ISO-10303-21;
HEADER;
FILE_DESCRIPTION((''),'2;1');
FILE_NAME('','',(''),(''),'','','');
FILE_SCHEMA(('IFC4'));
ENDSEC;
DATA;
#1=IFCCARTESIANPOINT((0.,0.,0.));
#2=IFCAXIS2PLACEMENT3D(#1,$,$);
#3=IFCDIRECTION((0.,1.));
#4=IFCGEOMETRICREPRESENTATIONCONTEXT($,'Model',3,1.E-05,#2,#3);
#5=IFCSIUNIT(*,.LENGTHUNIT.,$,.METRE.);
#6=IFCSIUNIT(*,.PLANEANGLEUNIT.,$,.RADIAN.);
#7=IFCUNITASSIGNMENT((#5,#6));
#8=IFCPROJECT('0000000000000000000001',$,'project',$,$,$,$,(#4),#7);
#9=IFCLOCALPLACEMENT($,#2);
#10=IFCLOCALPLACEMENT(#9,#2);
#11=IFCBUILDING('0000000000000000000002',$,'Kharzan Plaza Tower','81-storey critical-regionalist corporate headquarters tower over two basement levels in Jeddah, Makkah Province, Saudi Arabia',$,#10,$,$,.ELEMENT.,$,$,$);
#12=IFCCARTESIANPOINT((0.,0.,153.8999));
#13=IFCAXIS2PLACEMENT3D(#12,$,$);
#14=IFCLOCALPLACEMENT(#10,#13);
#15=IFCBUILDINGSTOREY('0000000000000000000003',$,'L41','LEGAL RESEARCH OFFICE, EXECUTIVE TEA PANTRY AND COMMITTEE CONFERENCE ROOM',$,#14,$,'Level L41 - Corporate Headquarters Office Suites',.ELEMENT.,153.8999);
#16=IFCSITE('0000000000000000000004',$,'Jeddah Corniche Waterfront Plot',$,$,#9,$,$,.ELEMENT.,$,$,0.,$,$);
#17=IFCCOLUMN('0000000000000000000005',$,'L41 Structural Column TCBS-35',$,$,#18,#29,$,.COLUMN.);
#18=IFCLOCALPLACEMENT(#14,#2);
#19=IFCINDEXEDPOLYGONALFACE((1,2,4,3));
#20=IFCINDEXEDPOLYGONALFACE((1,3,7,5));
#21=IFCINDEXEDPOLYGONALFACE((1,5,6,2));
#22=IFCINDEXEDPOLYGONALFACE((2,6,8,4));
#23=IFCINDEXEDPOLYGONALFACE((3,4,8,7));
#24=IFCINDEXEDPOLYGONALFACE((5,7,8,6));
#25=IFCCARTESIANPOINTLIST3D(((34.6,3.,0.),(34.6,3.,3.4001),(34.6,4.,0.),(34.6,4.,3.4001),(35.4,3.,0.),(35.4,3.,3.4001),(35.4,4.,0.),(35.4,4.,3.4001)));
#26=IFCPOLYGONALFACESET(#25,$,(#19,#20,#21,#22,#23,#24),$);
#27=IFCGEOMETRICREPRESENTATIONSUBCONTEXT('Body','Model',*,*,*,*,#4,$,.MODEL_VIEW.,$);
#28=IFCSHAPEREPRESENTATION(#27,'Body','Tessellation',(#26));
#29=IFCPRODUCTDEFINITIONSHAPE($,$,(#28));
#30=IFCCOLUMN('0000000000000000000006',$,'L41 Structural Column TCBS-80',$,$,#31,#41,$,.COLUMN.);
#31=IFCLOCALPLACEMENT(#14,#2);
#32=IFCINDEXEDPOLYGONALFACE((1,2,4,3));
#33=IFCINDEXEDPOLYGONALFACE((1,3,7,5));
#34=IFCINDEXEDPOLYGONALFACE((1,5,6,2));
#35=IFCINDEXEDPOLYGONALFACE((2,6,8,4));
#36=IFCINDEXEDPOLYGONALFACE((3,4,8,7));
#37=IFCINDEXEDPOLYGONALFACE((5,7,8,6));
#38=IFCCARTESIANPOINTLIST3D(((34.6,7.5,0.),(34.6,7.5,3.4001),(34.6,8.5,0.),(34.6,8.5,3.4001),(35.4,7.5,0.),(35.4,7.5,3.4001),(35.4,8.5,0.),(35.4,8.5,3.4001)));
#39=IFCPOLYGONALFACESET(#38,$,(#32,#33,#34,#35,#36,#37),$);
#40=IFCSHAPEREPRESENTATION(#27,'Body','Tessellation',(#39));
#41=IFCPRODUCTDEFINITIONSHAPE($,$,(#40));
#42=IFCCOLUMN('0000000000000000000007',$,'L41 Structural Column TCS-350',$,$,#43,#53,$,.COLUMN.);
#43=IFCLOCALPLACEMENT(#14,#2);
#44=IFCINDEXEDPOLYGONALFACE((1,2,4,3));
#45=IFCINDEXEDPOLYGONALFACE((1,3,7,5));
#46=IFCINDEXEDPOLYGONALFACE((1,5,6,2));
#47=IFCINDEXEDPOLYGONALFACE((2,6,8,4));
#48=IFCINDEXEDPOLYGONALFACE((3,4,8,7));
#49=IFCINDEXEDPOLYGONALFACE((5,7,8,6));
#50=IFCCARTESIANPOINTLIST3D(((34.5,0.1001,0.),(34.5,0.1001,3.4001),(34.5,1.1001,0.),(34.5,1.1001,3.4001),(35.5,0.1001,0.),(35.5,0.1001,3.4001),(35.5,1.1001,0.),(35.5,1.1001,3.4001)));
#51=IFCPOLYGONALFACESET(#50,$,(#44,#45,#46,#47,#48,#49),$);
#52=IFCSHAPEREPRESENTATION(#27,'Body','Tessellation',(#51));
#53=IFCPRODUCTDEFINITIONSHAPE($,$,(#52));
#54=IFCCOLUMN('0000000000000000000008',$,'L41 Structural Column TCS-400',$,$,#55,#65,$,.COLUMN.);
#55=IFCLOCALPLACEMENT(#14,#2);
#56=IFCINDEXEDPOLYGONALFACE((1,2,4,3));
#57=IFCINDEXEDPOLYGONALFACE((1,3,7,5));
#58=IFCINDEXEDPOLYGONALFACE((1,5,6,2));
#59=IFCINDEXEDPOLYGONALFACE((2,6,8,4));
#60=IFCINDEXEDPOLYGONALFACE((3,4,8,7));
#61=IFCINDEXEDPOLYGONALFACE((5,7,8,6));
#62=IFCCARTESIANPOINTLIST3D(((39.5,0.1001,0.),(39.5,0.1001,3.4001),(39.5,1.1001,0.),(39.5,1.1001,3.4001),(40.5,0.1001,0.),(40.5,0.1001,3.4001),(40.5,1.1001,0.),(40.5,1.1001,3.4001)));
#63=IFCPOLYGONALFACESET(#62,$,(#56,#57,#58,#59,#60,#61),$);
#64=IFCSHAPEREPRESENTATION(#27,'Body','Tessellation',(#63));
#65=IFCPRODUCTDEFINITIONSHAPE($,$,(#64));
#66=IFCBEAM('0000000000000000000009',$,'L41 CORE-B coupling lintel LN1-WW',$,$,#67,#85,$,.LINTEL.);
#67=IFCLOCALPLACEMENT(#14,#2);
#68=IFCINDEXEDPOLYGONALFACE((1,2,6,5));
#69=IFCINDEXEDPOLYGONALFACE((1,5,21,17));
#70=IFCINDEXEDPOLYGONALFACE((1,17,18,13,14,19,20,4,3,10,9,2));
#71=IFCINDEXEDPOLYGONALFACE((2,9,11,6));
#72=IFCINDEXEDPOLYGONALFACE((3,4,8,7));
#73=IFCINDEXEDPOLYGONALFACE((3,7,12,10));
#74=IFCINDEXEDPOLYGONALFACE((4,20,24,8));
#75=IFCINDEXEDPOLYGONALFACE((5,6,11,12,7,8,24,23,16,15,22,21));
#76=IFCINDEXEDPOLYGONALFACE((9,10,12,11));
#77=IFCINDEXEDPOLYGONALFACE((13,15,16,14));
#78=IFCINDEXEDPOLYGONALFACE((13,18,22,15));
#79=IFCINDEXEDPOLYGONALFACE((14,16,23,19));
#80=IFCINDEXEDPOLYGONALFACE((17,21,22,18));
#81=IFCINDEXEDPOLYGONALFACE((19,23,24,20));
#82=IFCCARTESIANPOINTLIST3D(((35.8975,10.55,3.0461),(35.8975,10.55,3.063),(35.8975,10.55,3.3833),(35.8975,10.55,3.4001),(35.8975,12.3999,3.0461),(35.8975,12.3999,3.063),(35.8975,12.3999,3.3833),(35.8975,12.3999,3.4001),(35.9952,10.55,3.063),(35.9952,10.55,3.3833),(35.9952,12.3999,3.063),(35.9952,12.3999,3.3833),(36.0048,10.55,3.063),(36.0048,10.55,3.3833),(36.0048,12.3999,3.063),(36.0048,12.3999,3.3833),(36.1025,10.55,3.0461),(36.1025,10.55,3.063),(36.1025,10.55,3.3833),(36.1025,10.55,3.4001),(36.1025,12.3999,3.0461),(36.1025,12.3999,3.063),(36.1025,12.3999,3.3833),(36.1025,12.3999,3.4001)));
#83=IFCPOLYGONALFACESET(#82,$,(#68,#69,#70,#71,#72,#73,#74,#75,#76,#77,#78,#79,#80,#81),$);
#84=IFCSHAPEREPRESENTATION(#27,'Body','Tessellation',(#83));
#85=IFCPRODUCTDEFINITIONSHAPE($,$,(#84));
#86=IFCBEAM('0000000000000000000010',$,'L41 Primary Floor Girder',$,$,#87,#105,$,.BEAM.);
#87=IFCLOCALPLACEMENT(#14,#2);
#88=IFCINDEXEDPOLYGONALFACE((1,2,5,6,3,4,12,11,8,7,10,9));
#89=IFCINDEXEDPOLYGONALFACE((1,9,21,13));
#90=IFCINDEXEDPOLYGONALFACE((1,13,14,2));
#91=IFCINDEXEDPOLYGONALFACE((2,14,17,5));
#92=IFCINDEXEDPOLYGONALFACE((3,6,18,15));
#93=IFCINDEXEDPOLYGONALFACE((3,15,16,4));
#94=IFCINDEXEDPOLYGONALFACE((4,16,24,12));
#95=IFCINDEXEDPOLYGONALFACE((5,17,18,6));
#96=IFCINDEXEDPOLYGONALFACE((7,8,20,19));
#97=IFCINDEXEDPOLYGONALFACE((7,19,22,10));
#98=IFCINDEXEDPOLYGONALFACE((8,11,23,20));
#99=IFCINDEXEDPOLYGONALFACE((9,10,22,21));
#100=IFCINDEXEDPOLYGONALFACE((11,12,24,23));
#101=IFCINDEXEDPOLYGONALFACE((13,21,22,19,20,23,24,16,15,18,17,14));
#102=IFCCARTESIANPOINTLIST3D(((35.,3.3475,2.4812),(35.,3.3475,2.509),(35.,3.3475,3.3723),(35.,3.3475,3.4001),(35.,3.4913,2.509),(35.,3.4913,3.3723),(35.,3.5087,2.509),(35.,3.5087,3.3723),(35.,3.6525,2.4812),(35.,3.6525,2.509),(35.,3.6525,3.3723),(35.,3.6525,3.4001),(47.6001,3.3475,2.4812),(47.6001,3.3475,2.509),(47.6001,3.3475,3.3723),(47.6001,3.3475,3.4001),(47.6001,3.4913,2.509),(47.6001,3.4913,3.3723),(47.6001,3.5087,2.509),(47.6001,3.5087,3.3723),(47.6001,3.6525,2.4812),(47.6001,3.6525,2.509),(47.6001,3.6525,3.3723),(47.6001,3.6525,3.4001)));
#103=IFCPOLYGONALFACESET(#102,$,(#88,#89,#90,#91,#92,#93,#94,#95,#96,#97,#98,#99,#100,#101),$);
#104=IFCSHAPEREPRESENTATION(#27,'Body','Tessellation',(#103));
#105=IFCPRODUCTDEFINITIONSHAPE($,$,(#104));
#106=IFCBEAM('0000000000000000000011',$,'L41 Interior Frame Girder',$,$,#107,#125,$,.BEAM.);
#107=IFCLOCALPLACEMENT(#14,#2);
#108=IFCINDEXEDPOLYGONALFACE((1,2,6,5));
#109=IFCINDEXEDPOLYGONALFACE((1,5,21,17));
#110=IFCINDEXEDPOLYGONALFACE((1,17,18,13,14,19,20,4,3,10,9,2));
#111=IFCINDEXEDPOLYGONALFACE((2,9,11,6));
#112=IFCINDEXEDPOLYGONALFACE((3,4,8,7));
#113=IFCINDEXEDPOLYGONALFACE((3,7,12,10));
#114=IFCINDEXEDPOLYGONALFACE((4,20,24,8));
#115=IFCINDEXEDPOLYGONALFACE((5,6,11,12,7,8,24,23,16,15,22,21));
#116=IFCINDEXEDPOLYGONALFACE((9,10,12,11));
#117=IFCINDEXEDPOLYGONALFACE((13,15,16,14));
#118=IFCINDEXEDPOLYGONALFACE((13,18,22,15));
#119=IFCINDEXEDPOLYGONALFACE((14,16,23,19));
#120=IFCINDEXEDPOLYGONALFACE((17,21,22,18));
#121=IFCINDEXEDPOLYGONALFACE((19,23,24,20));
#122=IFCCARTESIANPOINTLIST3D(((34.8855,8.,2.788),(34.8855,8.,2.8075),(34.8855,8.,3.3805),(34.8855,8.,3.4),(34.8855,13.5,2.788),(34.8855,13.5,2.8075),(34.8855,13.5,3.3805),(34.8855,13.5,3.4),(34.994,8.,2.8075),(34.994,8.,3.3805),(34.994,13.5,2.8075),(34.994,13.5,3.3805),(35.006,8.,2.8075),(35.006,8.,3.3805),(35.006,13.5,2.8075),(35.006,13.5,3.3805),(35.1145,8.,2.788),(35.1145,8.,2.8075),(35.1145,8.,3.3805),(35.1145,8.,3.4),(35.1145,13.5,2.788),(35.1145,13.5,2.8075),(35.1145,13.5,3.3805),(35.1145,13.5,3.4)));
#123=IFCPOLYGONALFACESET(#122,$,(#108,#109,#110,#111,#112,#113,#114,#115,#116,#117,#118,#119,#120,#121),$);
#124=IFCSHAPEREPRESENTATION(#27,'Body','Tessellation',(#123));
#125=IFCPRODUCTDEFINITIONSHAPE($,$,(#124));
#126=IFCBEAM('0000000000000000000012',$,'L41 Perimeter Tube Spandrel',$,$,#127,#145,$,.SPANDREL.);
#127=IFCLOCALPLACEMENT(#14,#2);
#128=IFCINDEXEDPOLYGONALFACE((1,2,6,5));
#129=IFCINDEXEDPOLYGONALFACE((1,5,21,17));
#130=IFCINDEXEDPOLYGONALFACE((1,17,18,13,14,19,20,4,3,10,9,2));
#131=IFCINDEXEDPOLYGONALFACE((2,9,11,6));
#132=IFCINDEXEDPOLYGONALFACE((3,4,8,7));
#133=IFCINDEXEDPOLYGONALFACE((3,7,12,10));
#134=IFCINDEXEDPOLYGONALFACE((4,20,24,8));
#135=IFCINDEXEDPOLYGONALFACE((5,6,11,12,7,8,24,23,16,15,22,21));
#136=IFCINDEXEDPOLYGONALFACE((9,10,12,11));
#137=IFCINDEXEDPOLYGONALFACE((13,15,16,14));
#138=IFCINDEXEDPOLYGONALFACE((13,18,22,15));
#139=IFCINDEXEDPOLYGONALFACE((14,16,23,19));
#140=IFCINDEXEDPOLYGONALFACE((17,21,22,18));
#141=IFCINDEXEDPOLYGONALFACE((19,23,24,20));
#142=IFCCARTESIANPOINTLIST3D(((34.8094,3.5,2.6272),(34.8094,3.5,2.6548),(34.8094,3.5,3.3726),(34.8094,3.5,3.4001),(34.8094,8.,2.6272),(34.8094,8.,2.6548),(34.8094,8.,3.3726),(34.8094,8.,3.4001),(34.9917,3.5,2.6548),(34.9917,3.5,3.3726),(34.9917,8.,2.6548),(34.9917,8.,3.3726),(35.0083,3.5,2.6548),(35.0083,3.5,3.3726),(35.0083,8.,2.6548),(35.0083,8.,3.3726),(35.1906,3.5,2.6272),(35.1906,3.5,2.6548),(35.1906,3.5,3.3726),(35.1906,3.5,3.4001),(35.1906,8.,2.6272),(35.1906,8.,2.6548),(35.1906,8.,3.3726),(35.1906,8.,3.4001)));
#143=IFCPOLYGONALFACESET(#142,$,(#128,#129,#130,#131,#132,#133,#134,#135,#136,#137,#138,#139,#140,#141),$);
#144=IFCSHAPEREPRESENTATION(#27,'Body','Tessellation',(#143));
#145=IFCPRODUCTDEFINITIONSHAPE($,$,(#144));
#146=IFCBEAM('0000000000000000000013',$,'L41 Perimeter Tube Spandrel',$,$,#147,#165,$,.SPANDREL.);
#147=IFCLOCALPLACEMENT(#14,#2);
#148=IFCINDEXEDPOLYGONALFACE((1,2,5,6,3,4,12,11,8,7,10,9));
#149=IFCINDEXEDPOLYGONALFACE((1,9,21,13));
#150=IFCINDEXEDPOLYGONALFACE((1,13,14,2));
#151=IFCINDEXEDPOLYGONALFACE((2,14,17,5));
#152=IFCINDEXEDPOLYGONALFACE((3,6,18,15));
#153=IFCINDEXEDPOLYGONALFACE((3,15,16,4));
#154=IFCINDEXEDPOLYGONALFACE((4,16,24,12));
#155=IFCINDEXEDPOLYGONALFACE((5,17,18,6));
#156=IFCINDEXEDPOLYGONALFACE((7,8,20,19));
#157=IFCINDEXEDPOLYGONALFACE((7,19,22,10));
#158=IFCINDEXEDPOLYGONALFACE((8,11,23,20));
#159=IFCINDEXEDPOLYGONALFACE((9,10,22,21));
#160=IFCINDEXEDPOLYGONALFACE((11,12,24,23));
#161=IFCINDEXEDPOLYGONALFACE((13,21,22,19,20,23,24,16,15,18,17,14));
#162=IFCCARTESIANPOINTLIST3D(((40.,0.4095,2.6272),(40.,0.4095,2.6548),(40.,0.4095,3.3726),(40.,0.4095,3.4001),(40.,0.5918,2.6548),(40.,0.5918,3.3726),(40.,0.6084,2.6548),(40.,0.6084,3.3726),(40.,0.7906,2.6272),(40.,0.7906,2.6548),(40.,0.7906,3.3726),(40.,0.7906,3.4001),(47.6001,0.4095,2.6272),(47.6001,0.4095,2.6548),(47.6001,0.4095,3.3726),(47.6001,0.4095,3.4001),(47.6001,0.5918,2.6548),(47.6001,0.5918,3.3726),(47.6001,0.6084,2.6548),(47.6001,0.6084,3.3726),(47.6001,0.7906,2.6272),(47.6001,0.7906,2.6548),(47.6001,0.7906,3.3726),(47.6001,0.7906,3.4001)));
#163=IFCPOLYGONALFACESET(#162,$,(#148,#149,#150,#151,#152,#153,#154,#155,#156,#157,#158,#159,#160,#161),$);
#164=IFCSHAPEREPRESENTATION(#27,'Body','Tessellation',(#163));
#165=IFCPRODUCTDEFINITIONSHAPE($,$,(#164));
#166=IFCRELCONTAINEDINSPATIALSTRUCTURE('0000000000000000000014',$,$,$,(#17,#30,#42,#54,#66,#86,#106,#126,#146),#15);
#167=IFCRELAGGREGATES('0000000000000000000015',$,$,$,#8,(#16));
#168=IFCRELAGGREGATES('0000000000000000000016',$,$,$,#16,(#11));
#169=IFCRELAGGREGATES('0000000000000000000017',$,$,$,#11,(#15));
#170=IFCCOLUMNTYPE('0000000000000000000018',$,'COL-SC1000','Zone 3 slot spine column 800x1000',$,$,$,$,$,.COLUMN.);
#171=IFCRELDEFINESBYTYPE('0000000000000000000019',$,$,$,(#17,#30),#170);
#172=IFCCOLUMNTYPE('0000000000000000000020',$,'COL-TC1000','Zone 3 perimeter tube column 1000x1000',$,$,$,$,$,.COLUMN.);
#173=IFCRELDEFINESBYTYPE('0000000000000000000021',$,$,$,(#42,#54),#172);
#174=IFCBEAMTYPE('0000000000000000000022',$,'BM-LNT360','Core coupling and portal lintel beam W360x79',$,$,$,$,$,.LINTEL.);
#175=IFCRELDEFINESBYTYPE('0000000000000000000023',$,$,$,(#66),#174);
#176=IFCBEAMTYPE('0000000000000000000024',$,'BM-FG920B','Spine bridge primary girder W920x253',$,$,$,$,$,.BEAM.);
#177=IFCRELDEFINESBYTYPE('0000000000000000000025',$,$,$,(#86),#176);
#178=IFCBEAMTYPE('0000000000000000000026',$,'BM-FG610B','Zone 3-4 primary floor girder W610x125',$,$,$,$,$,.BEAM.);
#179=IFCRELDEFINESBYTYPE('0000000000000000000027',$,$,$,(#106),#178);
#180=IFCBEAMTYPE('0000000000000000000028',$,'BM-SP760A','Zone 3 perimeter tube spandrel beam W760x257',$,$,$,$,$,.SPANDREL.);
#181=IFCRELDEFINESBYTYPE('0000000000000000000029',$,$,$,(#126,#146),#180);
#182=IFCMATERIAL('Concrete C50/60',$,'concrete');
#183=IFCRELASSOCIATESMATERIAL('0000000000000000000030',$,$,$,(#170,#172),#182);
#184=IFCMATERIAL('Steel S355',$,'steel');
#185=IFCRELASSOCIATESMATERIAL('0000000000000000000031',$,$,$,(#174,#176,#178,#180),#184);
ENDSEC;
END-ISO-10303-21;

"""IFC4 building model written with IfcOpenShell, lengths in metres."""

from ifc_helpers import new_model, si_unit, direction, frame, origin, origin_2d, place, context, subcontext, project, spatial, rectangle, i_section, extrude, source, transform, mapped, material, material_profile, profile_set, type_object, element, save


model = new_model("IFC4")

# Units and contexts
model_context = context("Model", 3, precision=1e-05, world=origin(), true_north=direction((0.0, 1.0)))
body_context = subcontext(model_context, "Body", "Model", "MODEL_VIEW")
ifc_project = project(units=[si_unit("LENGTHUNIT", "METRE"), si_unit("PLANEANGLEUNIT", "RADIAN")], contexts=[model_context])

# Site, building, storey
site_placement = place(None, origin())
site = spatial("IfcSite", under=ifc_project, at=site_placement, Name="Jeddah Corniche Waterfront Plot", CompositionType="ELEMENT", RefElevation=0.0)
building_placement = place(site_placement, origin())
building = spatial("IfcBuilding", under=site, at=building_placement, Name="Kharzan Plaza Tower", Description="81-storey critical-regionalist corporate headquarters tower over two basement levels in Jeddah, Makkah Province, Saudi Arabia", CompositionType="ELEMENT")
storey_placement = place(building_placement, frame((0.0, 0.0, 153.8999)))
storey = spatial("IfcBuildingStorey", under=building, at=storey_placement, Name="L41", Description="LEGAL RESEARCH OFFICE, EXECUTIVE TEA PANTRY AND COMMITTEE CONFERENCE ROOM", LongName="Level L41 - Corporate Headquarters Office Suites", CompositionType="ELEMENT", Elevation=153.8999)

# Columns
ifc_material_1 = material(Name="Concrete C50/60", Category="concrete")
ifc_material_profile_1 = material_profile(ifc_material_1, rectangle(XDim=0.8, YDim=1.0, at=origin_2d()), Name="RC-SC1000x800")
ifc_profile_set_1 = profile_set([ifc_material_profile_1], Name="Concrete C50/60")
column_type_1 = type_object("IfcColumnType", Name="COL-SC1000", Description="Zone 3 slot spine column 800x1000", PredefinedType="COLUMN", material=ifc_profile_set_1)
shared_shape_1 = source(origin(), body_context, "Body", "SweptSolid", [
    extrude(rectangle(XDim=0.8, YDim=1.0, at=origin_2d()), origin(), (0.0, 0.0, 1.0), 3.4001),
])
for number, where, z_axis, x_axis, name in (
    (1, (35.0, 3.5, 0.0), (0.0, 0.0, 1.0), (1.0, 0.0, 0.0), "L41 Structural Column TCBS-35"),
    (2, (35.0, 8.0, 0.0), (0.0, 0.0, 1.0), (1.0, 0.0, 0.0), "L41 Structural Column TCBS-80"),
):
    element("IfcColumn", number, at=place(storey_placement, frame(where, z_axis=z_axis, x_axis=x_axis)), inside=storey, type_object=column_type_1, Name=name, PredefinedType="COLUMN", context=body_context, shape_type="MappedRepresentation", body=[
        mapped(shared_shape_1, transform((0.0, 0.0, 0.0), x_axis=(1.0, 0.0, 0.0), y_axis=(0.0, 1.0, 0.0), z_axis=(0.0, 0.0, 1.0))),
    ])
ifc_material_profile_2 = material_profile(ifc_material_1, rectangle(XDim=1.0, YDim=1.0, at=origin_2d()), Name="RC-TC1000x1000")
ifc_profile_set_2 = profile_set([ifc_material_profile_2], Name="Concrete C50/60")
column_type_2 = type_object("IfcColumnType", Name="COL-TC1000", Description="Zone 3 perimeter tube column 1000x1000", PredefinedType="COLUMN", material=ifc_profile_set_2)
shared_shape_2 = source(origin(), body_context, "Body", "SweptSolid", [
    extrude(rectangle(XDim=1.0, YDim=1.0, at=origin_2d()), origin(), (0.0, 0.0, 1.0), 3.4001),
])
for number, where, z_axis, x_axis, name in (
    (3, (35.0, 0.6001, 0.0), (0.0, 0.0, 1.0), (1.0, 0.0, 0.0), "L41 Structural Column TCS-350"),
    (4, (40.0, 0.6001, 0.0), (0.0, 0.0, 1.0), (1.0, 0.0, 0.0), "L41 Structural Column TCS-400"),
):
    element("IfcColumn", number, at=place(storey_placement, frame(where, z_axis=z_axis, x_axis=x_axis)), inside=storey, type_object=column_type_2, Name=name, PredefinedType="COLUMN", context=body_context, shape_type="MappedRepresentation", body=[
        mapped(shared_shape_2, transform((0.0, 0.0, 0.0), x_axis=(1.0, 0.0, 0.0), y_axis=(0.0, 1.0, 0.0), z_axis=(0.0, 0.0, 1.0))),
    ])

# Beams
ifc_material_2 = material(Name="Steel S355", Category="steel")
ifc_material_profile_3 = material_profile(ifc_material_2, i_section(OverallWidth=0.2051, OverallDepth=0.354, WebThickness=0.0095, FlangeThickness=0.0168, at=origin_2d()), Name="W360x79")
ifc_profile_set_3 = profile_set([ifc_material_profile_3], Name="Steel S355")
beam_type_1 = type_object("IfcBeamType", Name="BM-LNT360", Description="Core coupling and portal lintel beam W360x79", PredefinedType="LINTEL", material=ifc_profile_set_3)
shared_shape_3 = source(origin(), body_context, "Body", "SweptSolid", [
    extrude(i_section(OverallWidth=0.2051, OverallDepth=0.354, WebThickness=0.0095, FlangeThickness=0.0168, at=origin_2d()), origin(), (0.0, 0.0, 1.0), 1.8499),
])
beam_1_placement = place(storey_placement, frame((36.0, 10.55, 3.2231), z_axis=(0.0, 1.0, 0.0), x_axis=(-1.0, 0.0, 0.0)))
element("IfcBeam", 5, at=beam_1_placement, inside=storey, type_object=beam_type_1, Name="L41 CORE-B coupling lintel LN1-WW", PredefinedType="LINTEL", context=body_context, shape_type="MappedRepresentation", body=[
    mapped(shared_shape_3, transform((0.0, 0.0, 0.0), x_axis=(1.0, 0.0, 0.0), y_axis=(0.0, 1.0, 0.0), z_axis=(0.0, 0.0, 1.0))),
])
ifc_material_profile_4 = material_profile(ifc_material_2, i_section(OverallWidth=0.3049, OverallDepth=0.9189, WebThickness=0.0173, FlangeThickness=0.0278, at=origin_2d()), Name="W920x253")
ifc_profile_set_4 = profile_set([ifc_material_profile_4], Name="Steel S355")
beam_type_2 = type_object("IfcBeamType", Name="BM-FG920B", Description="Spine bridge primary girder W920x253", PredefinedType="BEAM", material=ifc_profile_set_4)
shared_shape_4 = source(origin(), body_context, "Body", "SweptSolid", [
    extrude(i_section(OverallWidth=0.3049, OverallDepth=0.9189, WebThickness=0.0173, FlangeThickness=0.0278, at=origin_2d()), origin(), (0.0, 0.0, 1.0), 12.6001),
])
beam_2_placement = place(storey_placement, frame((35.0, 3.5, 2.9407), z_axis=(1.0, 0.0, 0.0), x_axis=(0.0, 1.0, 0.0)))
element("IfcBeam", 6, at=beam_2_placement, inside=storey, type_object=beam_type_2, Name="L41 Primary Floor Girder", PredefinedType="BEAM", context=body_context, shape_type="MappedRepresentation", body=[
    mapped(shared_shape_4, transform((0.0, 0.0, 0.0), x_axis=(1.0, 0.0, 0.0), y_axis=(0.0, 1.0, 0.0), z_axis=(0.0, 0.0, 1.0))),
])
ifc_material_profile_5 = material_profile(ifc_material_2, i_section(OverallWidth=0.229, OverallDepth=0.6121, WebThickness=0.012, FlangeThickness=0.0195, at=origin_2d()), Name="W610x125")
ifc_profile_set_5 = profile_set([ifc_material_profile_5], Name="Steel S355")
beam_type_3 = type_object("IfcBeamType", Name="BM-FG610B", Description="Zone 3-4 primary floor girder W610x125", PredefinedType="BEAM", material=ifc_profile_set_5)
shared_shape_5 = source(origin(), body_context, "Body", "SweptSolid", [
    extrude(i_section(OverallWidth=0.229, OverallDepth=0.6121, WebThickness=0.012, FlangeThickness=0.0195, at=origin_2d()), origin(), (0.0, 0.0, 1.0), 5.5),
])
beam_3_placement = place(storey_placement, frame((35.0, 8.0, 3.094), z_axis=(0.0, 1.0, 0.0), x_axis=(-1.0, 0.0, 0.0)))
element("IfcBeam", 7, at=beam_3_placement, inside=storey, type_object=beam_type_3, Name="L41 Interior Frame Girder", PredefinedType="BEAM", context=body_context, shape_type="MappedRepresentation", body=[
    mapped(shared_shape_5, transform((0.0, 0.0, 0.0), x_axis=(1.0, 0.0, 0.0), y_axis=(0.0, 1.0, 0.0), z_axis=(0.0, 0.0, 1.0))),
])
ifc_material_profile_6 = material_profile(ifc_material_2, i_section(OverallWidth=0.3811, OverallDepth=0.7729, WebThickness=0.0166, FlangeThickness=0.0276, at=origin_2d()), Name="W760x257")
ifc_profile_set_6 = profile_set([ifc_material_profile_6], Name="Steel S355")
beam_type_4 = type_object("IfcBeamType", Name="BM-SP760A", Description="Zone 3 perimeter tube spandrel beam W760x257", PredefinedType="SPANDREL", material=ifc_profile_set_6)
shared_shape_6 = source(origin(), body_context, "Body", "SweptSolid", [
    extrude(i_section(OverallWidth=0.3811, OverallDepth=0.7729, WebThickness=0.0166, FlangeThickness=0.0276, at=origin_2d()), origin(), (0.0, 0.0, 1.0), 4.5),
])
beam_4_placement = place(storey_placement, frame((35.0, 3.5, 3.0137), z_axis=(0.0, 1.0, 0.0), x_axis=(-1.0, 0.0, 0.0)))
element("IfcBeam", 8, at=beam_4_placement, inside=storey, type_object=beam_type_4, Name="L41 Perimeter Tube Spandrel", PredefinedType="SPANDREL", context=body_context, shape_type="MappedRepresentation", body=[
    mapped(shared_shape_6, transform((0.0, 0.0, 0.0), x_axis=(1.0, 0.0, 0.0), y_axis=(0.0, 1.0, 0.0), z_axis=(0.0, 0.0, 1.0))),
])
shared_shape_7 = source(origin(), body_context, "Body", "SweptSolid", [
    extrude(i_section(OverallWidth=0.3811, OverallDepth=0.7729, WebThickness=0.0166, FlangeThickness=0.0276, at=origin_2d()), origin(), (0.0, 0.0, 1.0), 7.6001),
])
beam_5_placement = place(storey_placement, frame((40.0, 0.6001, 3.0137), z_axis=(1.0, 0.0, 0.0), x_axis=(0.0, 1.0, 0.0)))
element("IfcBeam", 9, at=beam_5_placement, inside=storey, type_object=beam_type_4, Name="L41 Perimeter Tube Spandrel", PredefinedType="SPANDREL", context=body_context, shape_type="MappedRepresentation", body=[
    mapped(shared_shape_7, transform((0.0, 0.0, 0.0), x_axis=(1.0, 0.0, 0.0), y_axis=(0.0, 1.0, 0.0), z_axis=(0.0, 0.0, 1.0))),
])

save(model, "model.ifc")
